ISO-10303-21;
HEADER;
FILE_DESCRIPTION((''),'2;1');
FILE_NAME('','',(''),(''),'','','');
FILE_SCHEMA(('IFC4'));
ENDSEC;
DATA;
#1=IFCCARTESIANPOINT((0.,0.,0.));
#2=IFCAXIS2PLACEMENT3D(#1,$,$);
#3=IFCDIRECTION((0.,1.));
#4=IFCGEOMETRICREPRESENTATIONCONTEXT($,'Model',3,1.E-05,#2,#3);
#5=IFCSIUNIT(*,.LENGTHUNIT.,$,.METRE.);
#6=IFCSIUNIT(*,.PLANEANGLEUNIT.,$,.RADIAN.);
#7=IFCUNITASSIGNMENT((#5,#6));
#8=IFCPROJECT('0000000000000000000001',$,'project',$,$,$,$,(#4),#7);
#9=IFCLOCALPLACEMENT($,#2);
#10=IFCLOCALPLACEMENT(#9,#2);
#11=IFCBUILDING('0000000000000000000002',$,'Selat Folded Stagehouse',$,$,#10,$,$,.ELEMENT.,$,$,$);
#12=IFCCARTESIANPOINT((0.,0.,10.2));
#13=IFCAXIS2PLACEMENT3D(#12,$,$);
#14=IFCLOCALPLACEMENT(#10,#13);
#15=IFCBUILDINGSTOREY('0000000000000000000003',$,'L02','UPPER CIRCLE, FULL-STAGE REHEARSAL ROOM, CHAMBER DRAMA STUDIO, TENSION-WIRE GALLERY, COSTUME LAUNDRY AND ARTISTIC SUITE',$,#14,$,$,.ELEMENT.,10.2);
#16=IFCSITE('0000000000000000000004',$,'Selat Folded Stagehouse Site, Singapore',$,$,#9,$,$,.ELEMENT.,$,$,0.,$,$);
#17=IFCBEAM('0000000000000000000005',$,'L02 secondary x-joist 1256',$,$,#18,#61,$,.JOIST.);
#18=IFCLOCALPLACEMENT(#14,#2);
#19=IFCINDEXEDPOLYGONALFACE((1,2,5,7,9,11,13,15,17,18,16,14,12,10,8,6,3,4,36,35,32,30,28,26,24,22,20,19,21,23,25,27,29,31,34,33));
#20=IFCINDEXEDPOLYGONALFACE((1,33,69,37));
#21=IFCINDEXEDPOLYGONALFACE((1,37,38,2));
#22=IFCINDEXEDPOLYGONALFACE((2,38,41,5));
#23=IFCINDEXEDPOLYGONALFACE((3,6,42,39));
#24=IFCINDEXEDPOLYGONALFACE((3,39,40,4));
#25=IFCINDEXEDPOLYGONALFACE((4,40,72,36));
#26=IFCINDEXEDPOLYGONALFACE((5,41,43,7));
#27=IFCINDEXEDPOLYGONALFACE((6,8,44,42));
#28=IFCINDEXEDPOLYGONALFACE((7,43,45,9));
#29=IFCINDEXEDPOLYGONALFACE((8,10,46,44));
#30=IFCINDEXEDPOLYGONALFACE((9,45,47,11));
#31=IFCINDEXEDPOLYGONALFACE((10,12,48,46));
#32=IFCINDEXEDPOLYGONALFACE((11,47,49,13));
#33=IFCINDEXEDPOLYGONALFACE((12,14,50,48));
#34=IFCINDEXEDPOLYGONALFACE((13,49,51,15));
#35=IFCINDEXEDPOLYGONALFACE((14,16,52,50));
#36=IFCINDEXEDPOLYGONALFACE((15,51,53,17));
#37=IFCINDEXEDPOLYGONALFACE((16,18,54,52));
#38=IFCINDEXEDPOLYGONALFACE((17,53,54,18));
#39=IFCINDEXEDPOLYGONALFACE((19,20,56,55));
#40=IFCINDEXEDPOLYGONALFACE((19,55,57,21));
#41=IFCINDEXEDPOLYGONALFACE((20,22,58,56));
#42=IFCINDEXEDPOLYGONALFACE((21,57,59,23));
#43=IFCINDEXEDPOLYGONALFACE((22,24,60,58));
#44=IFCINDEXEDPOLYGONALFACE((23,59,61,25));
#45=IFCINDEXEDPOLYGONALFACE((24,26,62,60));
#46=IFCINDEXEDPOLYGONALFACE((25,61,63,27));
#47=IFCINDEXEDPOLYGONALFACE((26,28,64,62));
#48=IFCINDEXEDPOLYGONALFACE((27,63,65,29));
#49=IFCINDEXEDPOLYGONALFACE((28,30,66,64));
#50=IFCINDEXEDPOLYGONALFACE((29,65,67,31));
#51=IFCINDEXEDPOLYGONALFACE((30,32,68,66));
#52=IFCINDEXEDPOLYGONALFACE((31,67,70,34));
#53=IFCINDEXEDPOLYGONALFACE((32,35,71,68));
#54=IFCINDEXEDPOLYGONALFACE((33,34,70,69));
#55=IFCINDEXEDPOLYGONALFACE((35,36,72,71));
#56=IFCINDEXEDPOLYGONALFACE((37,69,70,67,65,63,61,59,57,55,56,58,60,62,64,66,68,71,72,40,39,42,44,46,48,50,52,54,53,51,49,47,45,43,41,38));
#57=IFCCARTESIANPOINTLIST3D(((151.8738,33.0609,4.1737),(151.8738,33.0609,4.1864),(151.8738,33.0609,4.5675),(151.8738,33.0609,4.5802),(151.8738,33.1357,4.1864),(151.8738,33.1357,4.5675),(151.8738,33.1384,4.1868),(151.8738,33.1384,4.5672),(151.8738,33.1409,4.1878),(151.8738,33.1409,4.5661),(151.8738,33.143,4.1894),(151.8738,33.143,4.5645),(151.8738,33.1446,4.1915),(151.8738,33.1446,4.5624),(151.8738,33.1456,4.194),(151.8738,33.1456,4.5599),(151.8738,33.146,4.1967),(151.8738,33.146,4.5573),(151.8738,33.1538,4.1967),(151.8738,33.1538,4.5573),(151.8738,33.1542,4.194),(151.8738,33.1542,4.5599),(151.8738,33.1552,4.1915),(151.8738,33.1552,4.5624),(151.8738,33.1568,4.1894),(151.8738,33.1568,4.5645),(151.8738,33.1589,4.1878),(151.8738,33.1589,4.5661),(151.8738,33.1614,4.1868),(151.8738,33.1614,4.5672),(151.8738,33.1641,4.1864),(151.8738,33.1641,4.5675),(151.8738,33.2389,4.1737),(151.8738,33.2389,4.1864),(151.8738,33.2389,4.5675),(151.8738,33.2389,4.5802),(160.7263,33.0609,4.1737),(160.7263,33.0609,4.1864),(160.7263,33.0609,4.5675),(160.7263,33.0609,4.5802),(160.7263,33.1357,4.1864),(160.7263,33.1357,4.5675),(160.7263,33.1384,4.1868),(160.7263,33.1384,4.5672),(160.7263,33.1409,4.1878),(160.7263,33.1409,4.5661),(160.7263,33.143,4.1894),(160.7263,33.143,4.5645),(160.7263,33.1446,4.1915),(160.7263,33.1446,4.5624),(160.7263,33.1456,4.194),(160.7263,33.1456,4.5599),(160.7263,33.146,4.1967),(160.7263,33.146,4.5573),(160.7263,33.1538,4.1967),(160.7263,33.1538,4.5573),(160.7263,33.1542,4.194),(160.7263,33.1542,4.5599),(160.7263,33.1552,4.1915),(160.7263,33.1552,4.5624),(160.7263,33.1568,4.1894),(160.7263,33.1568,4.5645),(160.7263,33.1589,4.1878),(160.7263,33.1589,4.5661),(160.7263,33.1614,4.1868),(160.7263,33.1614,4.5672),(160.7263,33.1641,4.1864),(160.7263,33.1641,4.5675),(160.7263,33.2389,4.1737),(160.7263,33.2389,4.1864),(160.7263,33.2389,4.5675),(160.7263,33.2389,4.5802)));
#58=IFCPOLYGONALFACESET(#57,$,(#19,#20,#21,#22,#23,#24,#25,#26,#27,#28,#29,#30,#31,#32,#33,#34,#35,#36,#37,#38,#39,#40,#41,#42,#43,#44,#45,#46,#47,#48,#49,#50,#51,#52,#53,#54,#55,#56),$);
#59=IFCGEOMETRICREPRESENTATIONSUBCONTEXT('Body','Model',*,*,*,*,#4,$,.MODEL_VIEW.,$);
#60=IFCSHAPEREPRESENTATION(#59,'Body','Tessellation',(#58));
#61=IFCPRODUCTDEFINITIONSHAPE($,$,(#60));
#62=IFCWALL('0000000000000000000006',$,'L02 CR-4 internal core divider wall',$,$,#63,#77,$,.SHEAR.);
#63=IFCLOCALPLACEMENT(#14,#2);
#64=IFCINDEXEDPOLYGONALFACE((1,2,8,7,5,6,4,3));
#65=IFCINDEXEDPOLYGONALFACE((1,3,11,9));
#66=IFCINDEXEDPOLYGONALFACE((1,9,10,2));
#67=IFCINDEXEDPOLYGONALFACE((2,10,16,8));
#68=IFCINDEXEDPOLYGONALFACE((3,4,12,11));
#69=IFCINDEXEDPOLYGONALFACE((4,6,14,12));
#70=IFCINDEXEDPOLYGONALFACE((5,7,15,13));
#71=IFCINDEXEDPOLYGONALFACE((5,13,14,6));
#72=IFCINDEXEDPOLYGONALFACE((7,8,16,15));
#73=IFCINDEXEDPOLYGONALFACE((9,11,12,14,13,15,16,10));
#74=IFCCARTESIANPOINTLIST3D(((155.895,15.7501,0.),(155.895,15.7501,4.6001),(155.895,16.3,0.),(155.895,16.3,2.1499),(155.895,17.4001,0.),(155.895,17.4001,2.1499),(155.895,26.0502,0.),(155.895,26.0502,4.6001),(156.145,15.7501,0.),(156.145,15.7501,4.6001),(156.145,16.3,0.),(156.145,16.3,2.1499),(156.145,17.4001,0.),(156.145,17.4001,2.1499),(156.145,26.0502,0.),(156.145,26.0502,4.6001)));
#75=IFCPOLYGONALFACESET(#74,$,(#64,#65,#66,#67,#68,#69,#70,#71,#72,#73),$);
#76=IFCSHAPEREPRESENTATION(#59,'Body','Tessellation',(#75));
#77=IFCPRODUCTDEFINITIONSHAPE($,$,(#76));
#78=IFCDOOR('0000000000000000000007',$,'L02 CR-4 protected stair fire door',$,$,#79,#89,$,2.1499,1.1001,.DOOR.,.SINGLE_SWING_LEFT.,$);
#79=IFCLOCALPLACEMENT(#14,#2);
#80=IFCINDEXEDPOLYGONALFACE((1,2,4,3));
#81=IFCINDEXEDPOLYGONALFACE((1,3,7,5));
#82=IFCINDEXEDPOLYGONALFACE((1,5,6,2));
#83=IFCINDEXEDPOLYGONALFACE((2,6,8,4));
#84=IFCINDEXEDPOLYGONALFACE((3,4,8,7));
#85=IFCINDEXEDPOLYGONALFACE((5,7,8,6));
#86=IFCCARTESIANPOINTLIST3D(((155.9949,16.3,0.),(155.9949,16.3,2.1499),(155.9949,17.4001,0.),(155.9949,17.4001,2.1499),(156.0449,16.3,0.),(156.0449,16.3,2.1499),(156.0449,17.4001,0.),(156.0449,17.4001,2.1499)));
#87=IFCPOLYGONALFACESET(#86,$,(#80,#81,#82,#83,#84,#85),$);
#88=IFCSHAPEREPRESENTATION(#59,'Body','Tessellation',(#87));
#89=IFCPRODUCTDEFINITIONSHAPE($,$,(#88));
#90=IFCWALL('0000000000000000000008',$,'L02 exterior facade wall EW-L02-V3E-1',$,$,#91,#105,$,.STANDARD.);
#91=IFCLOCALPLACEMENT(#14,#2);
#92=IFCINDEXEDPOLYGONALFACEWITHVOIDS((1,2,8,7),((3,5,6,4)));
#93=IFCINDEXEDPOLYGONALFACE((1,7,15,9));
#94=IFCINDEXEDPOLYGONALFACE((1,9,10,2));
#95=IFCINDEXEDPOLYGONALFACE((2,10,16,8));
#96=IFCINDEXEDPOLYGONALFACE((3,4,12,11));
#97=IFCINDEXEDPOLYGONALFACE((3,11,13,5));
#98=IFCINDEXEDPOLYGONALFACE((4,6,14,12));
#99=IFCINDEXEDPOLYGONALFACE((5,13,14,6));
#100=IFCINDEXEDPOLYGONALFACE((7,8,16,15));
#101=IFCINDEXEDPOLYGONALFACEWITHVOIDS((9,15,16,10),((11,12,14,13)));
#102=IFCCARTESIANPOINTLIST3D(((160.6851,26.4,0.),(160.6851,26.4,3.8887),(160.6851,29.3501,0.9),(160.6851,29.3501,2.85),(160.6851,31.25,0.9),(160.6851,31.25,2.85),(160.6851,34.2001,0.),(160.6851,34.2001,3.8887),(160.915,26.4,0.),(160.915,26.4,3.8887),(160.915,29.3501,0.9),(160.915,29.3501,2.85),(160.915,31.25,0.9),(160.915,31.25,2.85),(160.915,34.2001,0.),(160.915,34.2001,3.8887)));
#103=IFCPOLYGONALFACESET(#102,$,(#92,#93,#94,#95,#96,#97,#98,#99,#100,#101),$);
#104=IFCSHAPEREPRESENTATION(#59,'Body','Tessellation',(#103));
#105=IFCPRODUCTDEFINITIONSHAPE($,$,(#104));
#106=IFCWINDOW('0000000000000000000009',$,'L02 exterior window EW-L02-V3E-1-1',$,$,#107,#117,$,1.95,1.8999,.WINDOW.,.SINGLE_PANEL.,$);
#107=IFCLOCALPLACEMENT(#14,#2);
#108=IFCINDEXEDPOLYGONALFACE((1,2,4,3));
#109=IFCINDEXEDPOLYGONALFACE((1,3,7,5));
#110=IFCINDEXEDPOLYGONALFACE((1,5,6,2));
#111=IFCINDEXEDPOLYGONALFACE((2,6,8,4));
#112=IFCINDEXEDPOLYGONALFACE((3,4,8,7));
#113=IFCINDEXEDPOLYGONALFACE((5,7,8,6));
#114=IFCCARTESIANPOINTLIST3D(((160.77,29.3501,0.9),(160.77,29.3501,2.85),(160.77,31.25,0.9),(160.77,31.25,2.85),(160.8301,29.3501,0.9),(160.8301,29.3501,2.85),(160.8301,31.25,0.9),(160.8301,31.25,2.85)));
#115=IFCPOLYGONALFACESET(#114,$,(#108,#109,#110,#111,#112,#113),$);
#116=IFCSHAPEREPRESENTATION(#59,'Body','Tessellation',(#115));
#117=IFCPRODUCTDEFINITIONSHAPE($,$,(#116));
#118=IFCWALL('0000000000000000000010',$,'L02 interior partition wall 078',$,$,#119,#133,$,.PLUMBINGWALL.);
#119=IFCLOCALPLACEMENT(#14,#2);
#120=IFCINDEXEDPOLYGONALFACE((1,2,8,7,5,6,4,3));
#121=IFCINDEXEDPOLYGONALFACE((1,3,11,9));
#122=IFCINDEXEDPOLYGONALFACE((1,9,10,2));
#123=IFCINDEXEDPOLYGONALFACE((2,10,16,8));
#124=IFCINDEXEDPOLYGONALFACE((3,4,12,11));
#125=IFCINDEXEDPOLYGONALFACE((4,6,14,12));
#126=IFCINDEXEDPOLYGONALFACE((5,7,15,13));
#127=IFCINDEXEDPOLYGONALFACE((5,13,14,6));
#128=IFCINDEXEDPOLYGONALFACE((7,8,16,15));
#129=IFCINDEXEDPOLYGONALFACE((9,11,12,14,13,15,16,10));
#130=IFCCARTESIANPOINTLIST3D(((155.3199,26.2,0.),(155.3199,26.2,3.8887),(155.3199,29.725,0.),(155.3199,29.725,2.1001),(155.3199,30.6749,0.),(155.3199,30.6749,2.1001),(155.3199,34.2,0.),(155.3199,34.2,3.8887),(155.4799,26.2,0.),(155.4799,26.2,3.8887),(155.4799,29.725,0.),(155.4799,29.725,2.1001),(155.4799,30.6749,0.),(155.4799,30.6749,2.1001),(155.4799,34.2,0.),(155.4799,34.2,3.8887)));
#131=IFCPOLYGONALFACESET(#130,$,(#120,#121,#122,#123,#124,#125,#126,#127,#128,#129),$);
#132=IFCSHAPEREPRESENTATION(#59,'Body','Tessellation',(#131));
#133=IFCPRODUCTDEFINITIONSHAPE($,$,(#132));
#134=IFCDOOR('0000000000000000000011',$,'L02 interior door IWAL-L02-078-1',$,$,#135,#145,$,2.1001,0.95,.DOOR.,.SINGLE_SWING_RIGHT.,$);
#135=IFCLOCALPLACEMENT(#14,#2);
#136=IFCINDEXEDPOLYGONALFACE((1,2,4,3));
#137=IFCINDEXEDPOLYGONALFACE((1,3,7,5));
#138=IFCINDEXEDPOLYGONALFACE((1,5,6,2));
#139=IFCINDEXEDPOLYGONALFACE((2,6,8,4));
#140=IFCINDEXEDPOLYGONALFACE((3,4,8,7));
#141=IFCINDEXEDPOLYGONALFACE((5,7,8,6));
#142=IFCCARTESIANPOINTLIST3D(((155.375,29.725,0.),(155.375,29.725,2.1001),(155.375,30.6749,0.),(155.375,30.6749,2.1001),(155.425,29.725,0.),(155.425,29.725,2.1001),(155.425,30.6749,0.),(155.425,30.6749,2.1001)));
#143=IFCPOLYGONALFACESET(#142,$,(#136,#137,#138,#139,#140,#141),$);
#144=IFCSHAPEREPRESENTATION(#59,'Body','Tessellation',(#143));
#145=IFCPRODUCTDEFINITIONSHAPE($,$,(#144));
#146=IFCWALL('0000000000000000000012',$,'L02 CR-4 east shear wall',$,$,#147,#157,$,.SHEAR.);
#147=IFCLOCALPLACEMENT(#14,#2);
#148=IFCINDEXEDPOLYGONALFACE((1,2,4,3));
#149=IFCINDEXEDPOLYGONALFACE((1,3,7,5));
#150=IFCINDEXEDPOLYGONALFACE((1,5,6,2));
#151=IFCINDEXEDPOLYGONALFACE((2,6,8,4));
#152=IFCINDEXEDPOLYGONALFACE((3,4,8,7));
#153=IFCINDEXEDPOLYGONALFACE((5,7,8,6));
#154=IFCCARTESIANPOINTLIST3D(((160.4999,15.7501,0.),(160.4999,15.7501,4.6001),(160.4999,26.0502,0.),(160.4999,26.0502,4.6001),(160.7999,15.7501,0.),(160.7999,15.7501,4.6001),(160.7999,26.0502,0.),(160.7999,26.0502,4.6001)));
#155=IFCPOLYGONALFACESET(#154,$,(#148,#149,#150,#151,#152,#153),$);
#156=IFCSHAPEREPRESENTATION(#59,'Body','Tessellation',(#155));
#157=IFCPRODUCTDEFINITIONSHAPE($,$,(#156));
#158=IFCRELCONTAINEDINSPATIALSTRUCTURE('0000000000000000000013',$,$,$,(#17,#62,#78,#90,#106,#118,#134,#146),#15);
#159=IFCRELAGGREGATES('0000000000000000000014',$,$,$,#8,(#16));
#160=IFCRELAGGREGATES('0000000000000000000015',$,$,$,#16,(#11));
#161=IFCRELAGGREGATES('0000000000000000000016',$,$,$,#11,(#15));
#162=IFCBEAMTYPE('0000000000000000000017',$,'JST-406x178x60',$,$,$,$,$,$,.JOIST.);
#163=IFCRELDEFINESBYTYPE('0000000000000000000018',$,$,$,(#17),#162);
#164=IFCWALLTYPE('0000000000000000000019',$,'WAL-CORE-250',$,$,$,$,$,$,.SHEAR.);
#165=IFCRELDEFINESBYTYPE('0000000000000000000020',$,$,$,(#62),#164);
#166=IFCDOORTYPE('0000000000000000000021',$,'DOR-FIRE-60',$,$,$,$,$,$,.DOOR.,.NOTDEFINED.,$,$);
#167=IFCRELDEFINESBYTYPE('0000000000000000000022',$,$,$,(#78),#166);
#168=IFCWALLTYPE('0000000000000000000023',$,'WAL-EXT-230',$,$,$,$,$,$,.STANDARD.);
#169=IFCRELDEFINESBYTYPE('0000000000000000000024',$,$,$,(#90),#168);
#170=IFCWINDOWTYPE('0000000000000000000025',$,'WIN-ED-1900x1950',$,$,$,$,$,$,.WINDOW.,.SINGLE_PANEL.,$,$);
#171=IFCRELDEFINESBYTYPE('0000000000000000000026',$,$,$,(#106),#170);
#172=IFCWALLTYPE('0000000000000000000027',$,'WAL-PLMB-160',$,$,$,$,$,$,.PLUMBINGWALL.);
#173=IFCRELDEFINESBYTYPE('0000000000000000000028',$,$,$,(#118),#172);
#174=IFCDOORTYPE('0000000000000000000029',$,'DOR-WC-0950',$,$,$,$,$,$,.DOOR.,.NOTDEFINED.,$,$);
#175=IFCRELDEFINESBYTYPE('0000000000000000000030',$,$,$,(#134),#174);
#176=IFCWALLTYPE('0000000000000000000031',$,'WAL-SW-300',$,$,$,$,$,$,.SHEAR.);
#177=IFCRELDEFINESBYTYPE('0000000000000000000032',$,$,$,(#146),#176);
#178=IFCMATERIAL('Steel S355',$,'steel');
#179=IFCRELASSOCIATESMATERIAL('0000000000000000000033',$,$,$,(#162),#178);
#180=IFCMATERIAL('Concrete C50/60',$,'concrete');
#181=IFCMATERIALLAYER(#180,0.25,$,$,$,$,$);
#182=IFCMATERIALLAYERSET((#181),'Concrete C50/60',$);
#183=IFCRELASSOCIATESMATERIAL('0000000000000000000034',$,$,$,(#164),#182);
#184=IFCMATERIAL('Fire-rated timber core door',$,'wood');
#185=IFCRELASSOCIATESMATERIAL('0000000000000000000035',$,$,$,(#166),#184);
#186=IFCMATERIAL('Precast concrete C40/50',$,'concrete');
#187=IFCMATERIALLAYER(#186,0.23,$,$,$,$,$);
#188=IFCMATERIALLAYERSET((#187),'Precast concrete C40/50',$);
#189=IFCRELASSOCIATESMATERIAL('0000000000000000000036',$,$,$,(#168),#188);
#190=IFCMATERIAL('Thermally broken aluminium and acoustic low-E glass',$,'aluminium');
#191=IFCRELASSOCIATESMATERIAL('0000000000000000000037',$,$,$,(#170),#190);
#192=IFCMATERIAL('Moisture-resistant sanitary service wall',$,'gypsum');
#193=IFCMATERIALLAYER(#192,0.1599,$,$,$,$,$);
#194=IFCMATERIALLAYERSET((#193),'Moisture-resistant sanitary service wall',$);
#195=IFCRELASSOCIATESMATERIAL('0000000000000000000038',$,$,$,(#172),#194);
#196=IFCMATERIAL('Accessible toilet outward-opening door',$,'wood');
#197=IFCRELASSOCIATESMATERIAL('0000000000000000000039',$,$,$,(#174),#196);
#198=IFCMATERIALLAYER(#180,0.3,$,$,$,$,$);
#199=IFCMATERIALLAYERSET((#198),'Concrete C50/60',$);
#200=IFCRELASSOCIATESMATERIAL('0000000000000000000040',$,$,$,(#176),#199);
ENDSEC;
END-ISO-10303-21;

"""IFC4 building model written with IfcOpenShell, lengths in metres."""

from ifc_helpers import new_model, si_unit, direction, frame, frame_2d, origin, origin_2d, place, context, subcontext, project, spatial, rectangle, i_section, extrude, material, layer, layer_set, material_profile, profile_set, type_object, element, fill, save


model = new_model("IFC4")

# Units and contexts
model_context = context("Model", 3, precision=1e-05, world=origin(), true_north=direction((0.0, 1.0)))
body_context = subcontext(model_context, "Body", "Model", "MODEL_VIEW")
ifc_project = project(units=[si_unit("LENGTHUNIT", "METRE"), si_unit("PLANEANGLEUNIT", "RADIAN")], contexts=[model_context])

# Site, building, storey
site_placement = place(None, origin())
site = spatial("IfcSite", under=ifc_project, at=site_placement, Name="Selat Folded Stagehouse Site, Singapore", CompositionType="ELEMENT", RefElevation=0.0)
building_placement = place(site_placement, origin())
building = spatial("IfcBuilding", under=site, at=building_placement, Name="Selat Folded Stagehouse", CompositionType="ELEMENT")
storey_placement = place(building_placement, frame((0.0, 0.0, 10.2)))
storey = spatial("IfcBuildingStorey", under=building, at=storey_placement, Name="L02", Description="UPPER CIRCLE, FULL-STAGE REHEARSAL ROOM, CHAMBER DRAMA STUDIO, TENSION-WIRE GALLERY, COSTUME LAUNDRY AND ARTISTIC SUITE", CompositionType="ELEMENT", Elevation=10.2)

# Shared definitions
ifc_material_1 = material(Name="Steel S355", Category="steel")

# Beam
ifc_material_profile_1 = material_profile(ifc_material_1, i_section(OverallWidth=0.178, OverallDepth=0.4065, WebThickness=0.0078, FlangeThickness=0.0127, FilletRadius=0.0103, at=origin_2d()), Name="UKB 406x178x60")
ifc_profile_set_1 = profile_set([ifc_material_profile_1], Name="Steel S355")
beam_type_1 = type_object("IfcBeamType", Name="JST-406x178x60", PredefinedType="JOIST", material=ifc_profile_set_1)
for number, where, z_axis, x_axis, name in (
    (1, (151.8738, 33.1499, 4.377), (1.0, 0.0, 0.0), (0.0, 1.0, 0.0), "L02 secondary x-joist 1256"),
):
    element("IfcBeam", number, at=place(storey_placement, frame(where, z_axis=z_axis, x_axis=x_axis)), inside=storey, type_object=beam_type_1, Name=name, PredefinedType="JOIST", context=body_context, shape_type="SweptSolid", body=[
        extrude(i_section(OverallWidth=0.178, OverallDepth=0.4065, WebThickness=0.0078, FlangeThickness=0.0127, FilletRadius=0.0103, at=origin_2d()), origin(), (0.0, 0.0, 1.0), 8.8525),
    ])

# Wall, opening, door
ifc_material_2 = material(Name="Concrete C50/60", Category="concrete")
ifc_layer_1 = layer(ifc_material_2, 0.25)
ifc_layer_set_1 = layer_set([ifc_layer_1], Name="Concrete C50/60")
wall_type_1 = type_object("IfcWallType", Name="WAL-CORE-250", PredefinedType="SHEAR", material=ifc_layer_set_1)
wall_1_placement = place(storey_placement, frame((156.02, 26.05, 0.0), z_axis=(0.0, 0.0, 1.0), x_axis=(0.0, -1.0, 0.0)))
wall_1 = element("IfcWall", 2, at=wall_1_placement, inside=storey, type_object=wall_type_1, Name="L02 CR-4 internal core divider wall", PredefinedType="SHEAR", context=body_context, shape_type="SweptSolid", body=[
    extrude(rectangle(XDim=10.3, YDim=0.25, at=frame_2d((5.1499, 0.0))), origin(), (0.0, 0.0, 1.0), 4.6001),
])
opening_1_placement = place(wall_1_placement, frame((8.6499, 0.0, 0.0)))
opening_1 = element("IfcOpeningElement", 3, at=opening_1_placement, cuts=wall_1, PredefinedType="OPENING", context=body_context, shape_type="SweptSolid", body=[
    extrude(rectangle(XDim=1.1001, YDim=2.1499, at=frame_2d((0.55, 1.075))), frame((0.0, 0.135, 0.0), z_axis=(0.0, -1.0, 0.0), x_axis=(1.0, 0.0, 0.0)), (0.0, 0.0, 1.0), 0.27),
])
ifc_material_3 = material(Name="Fire-rated timber core door", Category="wood")
door_type_1 = type_object("IfcDoorType", Name="DOR-FIRE-60", OperationType="NOTDEFINED", PredefinedType="DOOR", material=ifc_material_3)
door_1_placement = place(opening_1_placement, origin())
door_1 = element("IfcDoor", 4, at=door_1_placement, inside=storey, type_object=door_type_1, Name="L02 CR-4 protected stair fire door", OperationType="SINGLE_SWING_LEFT", OverallHeight=2.1499, OverallWidth=1.1001, PredefinedType="DOOR", context=body_context, shape_type="SweptSolid", body=[
    extrude(rectangle(XDim=1.1001, YDim=2.1499, at=frame_2d((0.55, 1.075))), frame((0.0, 0.0249, 0.0), z_axis=(0.0, -1.0, 0.0), x_axis=(1.0, 0.0, 0.0)), (0.0, 0.0, 1.0), 0.05),
])
fill(opening_1, door_1)

# Wall, opening, window
ifc_material_4 = material(Name="Precast concrete C40/50", Category="concrete")
ifc_layer_2 = layer(ifc_material_4, 0.23)
ifc_layer_set_2 = layer_set([ifc_layer_2], Name="Precast concrete C40/50")
wall_type_2 = type_object("IfcWallType", Name="WAL-EXT-230", PredefinedType="STANDARD", material=ifc_layer_set_2)
wall_2_placement = place(storey_placement, frame((160.8, 34.2, 0.0), z_axis=(0.0, 0.0, 1.0), x_axis=(0.0, -1.0, 0.0)))
wall_2 = element("IfcWall", 5, at=wall_2_placement, inside=storey, type_object=wall_type_2, Name="L02 exterior facade wall EW-L02-V3E-1", PredefinedType="STANDARD", context=body_context, shape_type="SweptSolid", body=[
    extrude(rectangle(XDim=7.8, YDim=0.23, at=frame_2d((3.8999, 0.0))), origin(), (0.0, 0.0, 1.0), 3.8887),
])
opening_2_placement = place(wall_2_placement, frame((2.95, 0.0, 0.8999)))
opening_2 = element("IfcOpeningElement", 6, at=opening_2_placement, cuts=wall_2, PredefinedType="OPENING", context=body_context, shape_type="SweptSolid", body=[
    extrude(rectangle(XDim=1.8999, YDim=1.95, at=frame_2d((0.95, 0.9751))), frame((0.0, 0.125, 0.0), z_axis=(0.0, -1.0, 0.0), x_axis=(1.0, 0.0, 0.0)), (0.0, 0.0, 1.0), 0.25),
])
ifc_material_5 = material(Name="Thermally broken aluminium and acoustic low-E glass", Category="aluminium")
window_type = type_object("IfcWindowType", Name="WIN-ED-1900x1950", PartitioningType="SINGLE_PANEL", PredefinedType="WINDOW", material=ifc_material_5)
window_placement = place(opening_2_placement, origin())
window = element("IfcWindow", 7, at=window_placement, inside=storey, type_object=window_type, Name="L02 exterior window EW-L02-V3E-1-1", OverallHeight=1.95, OverallWidth=1.8999, PartitioningType="SINGLE_PANEL", PredefinedType="WINDOW", context=body_context, shape_type="SweptSolid", body=[
    extrude(rectangle(XDim=1.8999, YDim=1.95, at=frame_2d((0.95, 0.9751))), frame((0.0, 0.03, 0.0), z_axis=(0.0, -1.0, 0.0), x_axis=(1.0, 0.0, 0.0)), (0.0, 0.0, 1.0), 0.0601),
])
fill(opening_2, window)

# Wall, opening, door
ifc_material_6 = material(Name="Moisture-resistant sanitary service wall", Category="gypsum")
ifc_layer_3 = layer(ifc_material_6, 0.1599)
ifc_layer_set_3 = layer_set([ifc_layer_3], Name="Moisture-resistant sanitary service wall")
wall_type_3 = type_object("IfcWallType", Name="WAL-PLMB-160", PredefinedType="PLUMBINGWALL", material=ifc_layer_set_3)
wall_3_placement = place(storey_placement, frame((155.3999, 26.2, 0.0), z_axis=(0.0, 0.0, 1.0), x_axis=(0.0, 1.0, 0.0)))
wall_3 = element("IfcWall", 8, at=wall_3_placement, inside=storey, type_object=wall_type_3, Name="L02 interior partition wall 078", PredefinedType="PLUMBINGWALL", context=body_context, shape_type="SweptSolid", body=[
    extrude(rectangle(XDim=8.0, YDim=0.1599, at=frame_2d((4.0, 0.0))), origin(), (0.0, 0.0, 1.0), 3.8887),
])
opening_3_placement = place(wall_3_placement, frame((3.5249, 0.0, 0.0)))
opening_3 = element("IfcOpeningElement", 9, at=opening_3_placement, cuts=wall_3, PredefinedType="OPENING", context=body_context, shape_type="SweptSolid", body=[
    extrude(rectangle(XDim=0.95, YDim=2.1001, at=frame_2d((0.4751, 1.05))), frame((0.0, 0.0898, 0.0), z_axis=(0.0, -1.0, 0.0), x_axis=(1.0, 0.0, 0.0)), (0.0, 0.0, 1.0), 0.1799),
])
ifc_material_7 = material(Name="Accessible toilet outward-opening door", Category="wood")
door_type_2 = type_object("IfcDoorType", Name="DOR-WC-0950", OperationType="NOTDEFINED", PredefinedType="DOOR", material=ifc_material_7)
door_2_placement = place(opening_3_placement, origin())
door_2 = element("IfcDoor", 10, at=door_2_placement, inside=storey, type_object=door_type_2, Name="L02 interior door IWAL-L02-078-1", OperationType="SINGLE_SWING_RIGHT", OverallHeight=2.1001, OverallWidth=0.95, PredefinedType="DOOR", context=body_context, shape_type="SweptSolid", body=[
    extrude(rectangle(XDim=0.95, YDim=2.1001, at=frame_2d((0.4751, 1.05))), frame((0.0, 0.0249, 0.0), z_axis=(0.0, -1.0, 0.0), x_axis=(1.0, 0.0, 0.0)), (0.0, 0.0, 1.0), 0.05),
])
fill(opening_3, door_2)

# Wall
ifc_layer_4 = layer(ifc_material_2, 0.3)
ifc_layer_set_4 = layer_set([ifc_layer_4], Name="Concrete C50/60")
wall_type_4 = type_object("IfcWallType", Name="WAL-SW-300", PredefinedType="SHEAR", material=ifc_layer_set_4)
wall_4_placement = place(storey_placement, frame((160.6499, 26.05, 0.0), z_axis=(0.0, 0.0, 1.0), x_axis=(0.0, -1.0, 0.0)))
element("IfcWall", 11, at=wall_4_placement, inside=storey, type_object=wall_type_4, Name="L02 CR-4 east shear wall", PredefinedType="SHEAR", context=body_context, shape_type="SweptSolid", body=[
    extrude(rectangle(XDim=10.3, YDim=0.3, at=frame_2d((5.1499, 0.0))), origin(), (0.0, 0.0, 1.0), 4.6001),
])

save(model, "model.ifc")
